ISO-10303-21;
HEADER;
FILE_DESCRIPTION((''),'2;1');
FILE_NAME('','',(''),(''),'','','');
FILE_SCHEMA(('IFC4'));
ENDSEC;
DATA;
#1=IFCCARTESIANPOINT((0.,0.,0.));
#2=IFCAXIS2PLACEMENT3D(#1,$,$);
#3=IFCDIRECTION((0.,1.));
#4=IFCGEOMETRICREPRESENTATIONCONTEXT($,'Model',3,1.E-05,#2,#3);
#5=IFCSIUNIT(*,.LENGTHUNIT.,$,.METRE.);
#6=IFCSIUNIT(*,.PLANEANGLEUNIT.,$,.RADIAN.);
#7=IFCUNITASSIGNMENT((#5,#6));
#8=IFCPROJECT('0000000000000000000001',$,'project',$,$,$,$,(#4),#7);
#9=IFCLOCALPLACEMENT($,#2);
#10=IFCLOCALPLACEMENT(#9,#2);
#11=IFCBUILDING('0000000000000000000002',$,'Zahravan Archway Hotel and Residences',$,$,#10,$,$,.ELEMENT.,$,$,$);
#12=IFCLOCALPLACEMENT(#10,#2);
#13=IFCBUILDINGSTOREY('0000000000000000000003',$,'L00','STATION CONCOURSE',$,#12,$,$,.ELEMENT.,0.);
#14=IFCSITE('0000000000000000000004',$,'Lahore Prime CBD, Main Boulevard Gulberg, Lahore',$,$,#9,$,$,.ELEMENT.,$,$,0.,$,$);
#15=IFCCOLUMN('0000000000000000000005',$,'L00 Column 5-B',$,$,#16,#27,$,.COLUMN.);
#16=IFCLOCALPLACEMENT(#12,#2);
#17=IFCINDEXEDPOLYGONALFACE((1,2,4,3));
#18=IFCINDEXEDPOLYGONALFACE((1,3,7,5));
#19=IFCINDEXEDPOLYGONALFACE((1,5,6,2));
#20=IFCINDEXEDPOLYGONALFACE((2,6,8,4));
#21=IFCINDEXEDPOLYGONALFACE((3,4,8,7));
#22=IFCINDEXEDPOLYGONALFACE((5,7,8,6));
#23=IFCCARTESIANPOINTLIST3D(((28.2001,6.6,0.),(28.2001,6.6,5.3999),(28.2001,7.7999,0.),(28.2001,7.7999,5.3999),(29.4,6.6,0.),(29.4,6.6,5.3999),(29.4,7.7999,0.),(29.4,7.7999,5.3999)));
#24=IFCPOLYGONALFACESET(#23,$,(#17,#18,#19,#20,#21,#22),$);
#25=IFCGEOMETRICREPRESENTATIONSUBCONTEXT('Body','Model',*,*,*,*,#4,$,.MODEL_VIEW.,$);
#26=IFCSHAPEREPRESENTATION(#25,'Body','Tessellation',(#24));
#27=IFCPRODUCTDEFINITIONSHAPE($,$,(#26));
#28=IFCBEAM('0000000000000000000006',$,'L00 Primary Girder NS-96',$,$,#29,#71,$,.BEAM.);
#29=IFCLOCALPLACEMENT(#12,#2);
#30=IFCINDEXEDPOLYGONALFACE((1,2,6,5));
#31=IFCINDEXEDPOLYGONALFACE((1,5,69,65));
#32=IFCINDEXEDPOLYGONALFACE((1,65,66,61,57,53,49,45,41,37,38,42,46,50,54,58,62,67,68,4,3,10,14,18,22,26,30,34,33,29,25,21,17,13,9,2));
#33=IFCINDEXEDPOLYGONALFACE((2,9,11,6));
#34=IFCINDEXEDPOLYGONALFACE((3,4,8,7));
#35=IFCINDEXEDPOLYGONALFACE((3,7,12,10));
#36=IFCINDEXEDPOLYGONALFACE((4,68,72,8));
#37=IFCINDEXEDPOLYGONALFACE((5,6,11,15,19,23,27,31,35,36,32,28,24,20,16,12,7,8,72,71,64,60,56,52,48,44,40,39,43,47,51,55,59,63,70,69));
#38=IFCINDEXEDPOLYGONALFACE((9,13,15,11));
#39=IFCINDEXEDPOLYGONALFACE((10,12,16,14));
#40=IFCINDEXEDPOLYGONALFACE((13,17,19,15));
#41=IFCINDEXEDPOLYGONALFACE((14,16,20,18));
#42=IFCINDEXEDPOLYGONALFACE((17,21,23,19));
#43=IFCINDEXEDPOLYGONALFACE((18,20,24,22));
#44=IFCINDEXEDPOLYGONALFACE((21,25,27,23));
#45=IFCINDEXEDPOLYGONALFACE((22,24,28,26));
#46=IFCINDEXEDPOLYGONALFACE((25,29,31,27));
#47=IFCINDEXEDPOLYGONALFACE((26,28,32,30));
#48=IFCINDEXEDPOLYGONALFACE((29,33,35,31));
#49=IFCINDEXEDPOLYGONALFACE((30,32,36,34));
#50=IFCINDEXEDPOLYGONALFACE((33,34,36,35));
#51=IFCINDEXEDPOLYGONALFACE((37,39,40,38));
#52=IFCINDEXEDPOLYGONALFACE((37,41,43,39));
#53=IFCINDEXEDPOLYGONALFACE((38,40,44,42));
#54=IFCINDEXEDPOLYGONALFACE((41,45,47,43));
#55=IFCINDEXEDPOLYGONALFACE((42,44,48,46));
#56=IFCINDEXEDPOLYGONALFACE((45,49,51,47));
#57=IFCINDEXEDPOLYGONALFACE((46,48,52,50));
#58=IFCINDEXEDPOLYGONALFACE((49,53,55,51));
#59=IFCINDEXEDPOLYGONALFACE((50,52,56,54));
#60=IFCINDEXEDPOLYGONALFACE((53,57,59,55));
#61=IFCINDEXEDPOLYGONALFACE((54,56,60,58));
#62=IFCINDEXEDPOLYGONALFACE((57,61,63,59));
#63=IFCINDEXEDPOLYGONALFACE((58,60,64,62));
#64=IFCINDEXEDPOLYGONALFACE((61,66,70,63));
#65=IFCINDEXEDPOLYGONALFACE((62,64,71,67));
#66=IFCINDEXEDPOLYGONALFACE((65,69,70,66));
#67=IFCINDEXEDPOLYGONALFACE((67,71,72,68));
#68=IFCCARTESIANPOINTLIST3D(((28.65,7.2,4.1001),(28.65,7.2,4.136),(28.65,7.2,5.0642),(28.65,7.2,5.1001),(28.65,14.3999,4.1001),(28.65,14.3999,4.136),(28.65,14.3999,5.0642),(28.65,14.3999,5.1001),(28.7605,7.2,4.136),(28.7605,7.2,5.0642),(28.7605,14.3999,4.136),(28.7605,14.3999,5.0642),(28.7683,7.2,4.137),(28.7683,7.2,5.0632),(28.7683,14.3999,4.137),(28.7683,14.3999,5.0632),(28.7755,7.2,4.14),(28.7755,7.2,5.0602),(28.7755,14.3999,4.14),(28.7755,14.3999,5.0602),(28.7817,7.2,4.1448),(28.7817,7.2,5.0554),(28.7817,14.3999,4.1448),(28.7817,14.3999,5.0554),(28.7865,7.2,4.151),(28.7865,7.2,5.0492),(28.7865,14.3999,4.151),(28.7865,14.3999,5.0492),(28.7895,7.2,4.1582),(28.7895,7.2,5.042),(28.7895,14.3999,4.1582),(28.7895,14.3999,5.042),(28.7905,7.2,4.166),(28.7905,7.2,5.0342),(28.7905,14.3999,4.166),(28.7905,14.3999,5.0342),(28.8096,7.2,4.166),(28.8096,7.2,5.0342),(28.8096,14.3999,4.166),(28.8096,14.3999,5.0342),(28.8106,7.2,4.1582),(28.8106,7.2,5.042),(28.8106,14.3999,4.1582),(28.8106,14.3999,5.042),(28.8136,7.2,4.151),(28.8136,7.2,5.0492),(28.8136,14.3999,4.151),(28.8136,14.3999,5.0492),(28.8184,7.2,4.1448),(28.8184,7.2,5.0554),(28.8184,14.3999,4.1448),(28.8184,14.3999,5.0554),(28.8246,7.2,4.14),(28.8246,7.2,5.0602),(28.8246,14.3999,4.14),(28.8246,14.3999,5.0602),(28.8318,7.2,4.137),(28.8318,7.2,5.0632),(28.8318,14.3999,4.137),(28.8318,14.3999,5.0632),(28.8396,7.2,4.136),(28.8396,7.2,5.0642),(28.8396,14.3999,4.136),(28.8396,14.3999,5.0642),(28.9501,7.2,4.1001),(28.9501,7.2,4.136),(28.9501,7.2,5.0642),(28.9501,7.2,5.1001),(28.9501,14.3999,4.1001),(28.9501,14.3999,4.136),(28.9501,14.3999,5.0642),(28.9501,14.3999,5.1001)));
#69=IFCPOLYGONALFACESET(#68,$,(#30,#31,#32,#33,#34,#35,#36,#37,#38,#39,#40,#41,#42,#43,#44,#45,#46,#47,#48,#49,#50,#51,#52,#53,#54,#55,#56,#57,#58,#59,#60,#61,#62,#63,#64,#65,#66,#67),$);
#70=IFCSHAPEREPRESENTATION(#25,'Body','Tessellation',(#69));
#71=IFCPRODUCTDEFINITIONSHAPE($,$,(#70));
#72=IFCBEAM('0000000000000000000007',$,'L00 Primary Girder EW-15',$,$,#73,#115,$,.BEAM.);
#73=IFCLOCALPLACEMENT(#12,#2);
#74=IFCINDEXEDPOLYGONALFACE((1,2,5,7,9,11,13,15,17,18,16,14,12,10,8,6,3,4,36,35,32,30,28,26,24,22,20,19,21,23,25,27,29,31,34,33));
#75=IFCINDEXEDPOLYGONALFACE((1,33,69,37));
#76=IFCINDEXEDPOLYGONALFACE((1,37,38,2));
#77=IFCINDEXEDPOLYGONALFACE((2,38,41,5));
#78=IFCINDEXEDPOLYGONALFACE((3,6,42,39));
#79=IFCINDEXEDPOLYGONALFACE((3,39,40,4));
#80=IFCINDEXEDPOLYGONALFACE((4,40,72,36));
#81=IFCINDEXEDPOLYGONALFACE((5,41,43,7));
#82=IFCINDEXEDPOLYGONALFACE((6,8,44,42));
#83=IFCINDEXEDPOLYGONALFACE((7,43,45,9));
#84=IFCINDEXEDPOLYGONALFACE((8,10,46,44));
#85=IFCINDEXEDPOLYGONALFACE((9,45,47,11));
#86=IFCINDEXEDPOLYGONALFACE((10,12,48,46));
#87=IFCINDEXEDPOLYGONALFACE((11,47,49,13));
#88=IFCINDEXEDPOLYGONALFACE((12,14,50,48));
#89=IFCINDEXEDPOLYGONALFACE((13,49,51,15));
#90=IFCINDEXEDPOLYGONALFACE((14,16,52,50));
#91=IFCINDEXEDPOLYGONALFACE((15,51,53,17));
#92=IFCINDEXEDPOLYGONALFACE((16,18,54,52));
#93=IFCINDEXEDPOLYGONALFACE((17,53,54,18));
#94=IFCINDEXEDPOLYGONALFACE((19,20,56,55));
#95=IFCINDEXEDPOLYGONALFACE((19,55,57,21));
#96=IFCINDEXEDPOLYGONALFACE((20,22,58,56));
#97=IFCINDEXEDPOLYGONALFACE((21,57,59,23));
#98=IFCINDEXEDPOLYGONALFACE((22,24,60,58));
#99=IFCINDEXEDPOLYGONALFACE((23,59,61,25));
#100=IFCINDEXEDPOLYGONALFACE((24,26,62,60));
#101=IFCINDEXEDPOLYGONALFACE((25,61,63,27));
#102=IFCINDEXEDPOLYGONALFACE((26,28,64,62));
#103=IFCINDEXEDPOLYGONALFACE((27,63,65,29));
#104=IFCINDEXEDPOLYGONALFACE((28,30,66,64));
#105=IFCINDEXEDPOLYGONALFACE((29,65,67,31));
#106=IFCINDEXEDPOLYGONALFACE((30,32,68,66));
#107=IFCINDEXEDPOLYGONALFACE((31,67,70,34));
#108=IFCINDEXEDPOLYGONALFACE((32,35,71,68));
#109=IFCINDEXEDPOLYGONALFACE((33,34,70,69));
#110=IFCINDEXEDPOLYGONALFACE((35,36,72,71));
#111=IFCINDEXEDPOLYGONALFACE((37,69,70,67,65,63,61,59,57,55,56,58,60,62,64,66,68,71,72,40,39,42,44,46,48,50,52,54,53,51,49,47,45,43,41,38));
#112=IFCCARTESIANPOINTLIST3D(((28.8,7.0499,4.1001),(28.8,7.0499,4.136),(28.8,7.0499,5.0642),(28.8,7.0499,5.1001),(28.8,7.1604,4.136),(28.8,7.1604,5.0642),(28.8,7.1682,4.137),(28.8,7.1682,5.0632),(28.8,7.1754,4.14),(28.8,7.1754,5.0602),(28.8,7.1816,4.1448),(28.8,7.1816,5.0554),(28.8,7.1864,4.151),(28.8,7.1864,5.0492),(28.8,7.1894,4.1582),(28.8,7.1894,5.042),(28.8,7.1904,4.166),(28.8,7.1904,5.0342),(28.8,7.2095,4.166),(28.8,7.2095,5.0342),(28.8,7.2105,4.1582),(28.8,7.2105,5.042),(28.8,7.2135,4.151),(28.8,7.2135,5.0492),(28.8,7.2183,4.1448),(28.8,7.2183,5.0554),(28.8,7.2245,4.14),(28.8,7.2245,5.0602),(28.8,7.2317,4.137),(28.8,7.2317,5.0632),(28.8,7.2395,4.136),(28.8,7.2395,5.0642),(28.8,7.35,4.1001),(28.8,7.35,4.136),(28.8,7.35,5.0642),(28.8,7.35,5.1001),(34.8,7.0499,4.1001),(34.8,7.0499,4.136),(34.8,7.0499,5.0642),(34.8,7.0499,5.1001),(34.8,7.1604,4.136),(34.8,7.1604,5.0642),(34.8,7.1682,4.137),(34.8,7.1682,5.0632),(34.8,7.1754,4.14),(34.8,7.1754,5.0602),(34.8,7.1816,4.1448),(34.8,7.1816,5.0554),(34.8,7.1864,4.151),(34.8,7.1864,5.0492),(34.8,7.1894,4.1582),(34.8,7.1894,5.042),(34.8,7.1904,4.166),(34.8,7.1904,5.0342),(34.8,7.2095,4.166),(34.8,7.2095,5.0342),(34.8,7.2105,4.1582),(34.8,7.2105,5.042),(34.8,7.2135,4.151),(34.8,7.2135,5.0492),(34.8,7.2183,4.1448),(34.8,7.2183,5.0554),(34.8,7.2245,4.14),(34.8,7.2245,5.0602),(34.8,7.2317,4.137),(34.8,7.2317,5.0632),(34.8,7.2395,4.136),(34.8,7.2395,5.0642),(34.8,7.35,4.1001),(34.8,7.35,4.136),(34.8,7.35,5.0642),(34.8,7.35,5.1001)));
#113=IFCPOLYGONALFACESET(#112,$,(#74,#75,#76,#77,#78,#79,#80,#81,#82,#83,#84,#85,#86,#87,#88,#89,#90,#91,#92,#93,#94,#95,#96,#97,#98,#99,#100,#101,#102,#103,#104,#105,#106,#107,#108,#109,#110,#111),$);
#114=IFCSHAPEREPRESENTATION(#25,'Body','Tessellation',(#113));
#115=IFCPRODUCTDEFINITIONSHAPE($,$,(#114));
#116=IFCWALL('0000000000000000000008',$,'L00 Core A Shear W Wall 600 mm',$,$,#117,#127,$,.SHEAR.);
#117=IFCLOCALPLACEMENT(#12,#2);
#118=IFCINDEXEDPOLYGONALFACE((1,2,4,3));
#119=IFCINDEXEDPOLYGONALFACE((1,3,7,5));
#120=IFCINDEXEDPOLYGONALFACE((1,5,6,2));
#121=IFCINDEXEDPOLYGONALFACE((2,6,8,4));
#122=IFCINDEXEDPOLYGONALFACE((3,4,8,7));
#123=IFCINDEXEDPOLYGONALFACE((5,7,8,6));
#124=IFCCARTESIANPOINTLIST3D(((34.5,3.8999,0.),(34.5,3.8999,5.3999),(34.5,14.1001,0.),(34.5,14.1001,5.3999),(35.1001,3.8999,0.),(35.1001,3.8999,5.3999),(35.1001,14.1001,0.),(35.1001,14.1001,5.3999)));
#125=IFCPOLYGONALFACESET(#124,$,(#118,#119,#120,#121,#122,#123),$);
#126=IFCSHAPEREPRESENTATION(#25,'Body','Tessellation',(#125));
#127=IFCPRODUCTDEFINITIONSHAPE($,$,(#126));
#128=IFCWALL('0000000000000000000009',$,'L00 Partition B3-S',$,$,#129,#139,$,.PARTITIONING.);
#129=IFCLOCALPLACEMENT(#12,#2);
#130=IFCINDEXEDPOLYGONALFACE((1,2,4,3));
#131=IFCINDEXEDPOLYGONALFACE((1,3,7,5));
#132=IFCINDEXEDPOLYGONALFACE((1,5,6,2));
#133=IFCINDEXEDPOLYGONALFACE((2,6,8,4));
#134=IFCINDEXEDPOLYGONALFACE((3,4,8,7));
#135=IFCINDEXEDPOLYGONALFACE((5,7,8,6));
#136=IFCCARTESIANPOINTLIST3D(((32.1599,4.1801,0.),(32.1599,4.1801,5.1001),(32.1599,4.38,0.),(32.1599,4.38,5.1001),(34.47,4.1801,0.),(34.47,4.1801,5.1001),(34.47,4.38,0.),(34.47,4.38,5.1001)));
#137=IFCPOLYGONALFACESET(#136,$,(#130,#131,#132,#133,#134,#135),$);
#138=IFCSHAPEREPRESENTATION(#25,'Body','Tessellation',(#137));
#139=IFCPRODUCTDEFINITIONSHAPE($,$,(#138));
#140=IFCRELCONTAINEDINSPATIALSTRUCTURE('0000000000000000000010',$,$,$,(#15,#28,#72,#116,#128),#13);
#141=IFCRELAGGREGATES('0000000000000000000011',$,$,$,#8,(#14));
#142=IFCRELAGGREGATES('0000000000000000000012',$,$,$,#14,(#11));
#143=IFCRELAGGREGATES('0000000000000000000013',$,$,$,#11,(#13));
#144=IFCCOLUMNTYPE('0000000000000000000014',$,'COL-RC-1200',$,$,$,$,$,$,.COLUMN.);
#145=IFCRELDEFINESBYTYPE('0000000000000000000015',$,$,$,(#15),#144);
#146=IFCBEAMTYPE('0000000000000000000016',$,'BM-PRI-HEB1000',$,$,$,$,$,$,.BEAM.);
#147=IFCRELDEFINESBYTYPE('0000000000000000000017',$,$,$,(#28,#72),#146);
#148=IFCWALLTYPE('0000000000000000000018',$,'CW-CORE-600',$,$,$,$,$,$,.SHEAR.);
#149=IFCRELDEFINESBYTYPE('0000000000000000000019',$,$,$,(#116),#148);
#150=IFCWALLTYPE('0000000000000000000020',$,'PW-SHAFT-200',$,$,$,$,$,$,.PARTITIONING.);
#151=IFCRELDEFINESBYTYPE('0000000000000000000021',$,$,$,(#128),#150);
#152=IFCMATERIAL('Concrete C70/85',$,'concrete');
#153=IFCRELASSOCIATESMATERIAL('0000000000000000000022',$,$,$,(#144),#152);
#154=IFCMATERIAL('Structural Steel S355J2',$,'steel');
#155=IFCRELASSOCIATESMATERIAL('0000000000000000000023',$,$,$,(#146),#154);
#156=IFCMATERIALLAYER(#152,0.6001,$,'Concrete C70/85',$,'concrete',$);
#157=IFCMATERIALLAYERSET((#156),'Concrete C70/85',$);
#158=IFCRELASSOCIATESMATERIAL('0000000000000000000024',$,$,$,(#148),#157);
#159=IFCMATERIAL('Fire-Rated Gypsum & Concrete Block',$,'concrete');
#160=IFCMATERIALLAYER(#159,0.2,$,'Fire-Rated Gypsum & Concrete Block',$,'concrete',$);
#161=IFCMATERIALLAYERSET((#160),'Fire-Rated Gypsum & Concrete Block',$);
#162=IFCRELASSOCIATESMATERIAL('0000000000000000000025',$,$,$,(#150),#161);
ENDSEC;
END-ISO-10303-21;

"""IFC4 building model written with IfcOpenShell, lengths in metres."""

from ifc_helpers import new_model, si_unit, direction, frame, frame_2d, origin, origin_2d, place, context, subcontext, project, spatial, rectangle, i_section, extrude, source, transform, mapped, material, layer, layer_set, material_profile, profile_set, type_object, element, save


model = new_model("IFC4")

# Units and contexts
model_context = context("Model", 3, precision=1e-05, world=origin(), true_north=direction((0.0, 1.0)))
body_context = subcontext(model_context, "Body", "Model", "MODEL_VIEW")
ifc_project = project(units=[si_unit("LENGTHUNIT", "METRE"), si_unit("PLANEANGLEUNIT", "RADIAN")], contexts=[model_context])

# Site, building, storey
site_placement = place(None, origin())
site = spatial("IfcSite", under=ifc_project, at=site_placement, Name="Lahore Prime CBD, Main Boulevard Gulberg, Lahore", CompositionType="ELEMENT", RefElevation=0.0)
building_placement = place(site_placement, origin())
building = spatial("IfcBuilding", under=site, at=building_placement, Name="Zahravan Archway Hotel and Residences", CompositionType="ELEMENT")
storey_placement = place(building_placement, origin())
storey = spatial("IfcBuildingStorey", under=building, at=storey_placement, Name="L00", Description="STATION CONCOURSE", CompositionType="ELEMENT", Elevation=0.0)

# Column
ifc_material_1 = material(Name="Concrete C70/85", Category="concrete")
ifc_material_profile_1 = material_profile(ifc_material_1, rectangle(XDim=1.2, YDim=1.2, at=origin_2d()), Name="RC-COL-1200x1200", Category="concrete")
ifc_profile_set_1 = profile_set([ifc_material_profile_1], Name="Concrete C70/85")
column_type = type_object("IfcColumnType", Name="COL-RC-1200", PredefinedType="COLUMN", material=ifc_profile_set_1)
shared_shape_1 = source(origin(), body_context, "Body", "SweptSolid", [
    extrude(rectangle(XDim=1.2, YDim=1.2, at=origin_2d()), origin(), (0.0, 0.0, 1.0), 5.3999),
])
column_placement = place(storey_placement, frame((28.8, 7.2, 0.0), z_axis=(0.0, 0.0, 1.0), x_axis=(1.0, 0.0, 0.0)))
element("IfcColumn", 1, at=column_placement, inside=storey, type_object=column_type, Name="L00 Column 5-B", PredefinedType="COLUMN", context=body_context, shape_type="MappedRepresentation", body=[
    mapped(shared_shape_1, transform((0.0, 0.0, 0.0), scale=1.0)),
])

# Beams
ifc_material_2 = material(Name="Structural Steel S355J2", Category="steel")
ifc_material_profile_2 = material_profile(ifc_material_2, i_section(OverallWidth=0.3, OverallDepth=1.0, WebThickness=0.019, FlangeThickness=0.0359, FilletRadius=0.03, at=origin_2d()), Name="HEB 1000", Category="steel")
ifc_profile_set_2 = profile_set([ifc_material_profile_2], Name="Structural Steel S355J2")
beam_type = type_object("IfcBeamType", Name="BM-PRI-HEB1000", PredefinedType="BEAM", material=ifc_profile_set_2)
shared_shape_2 = source(origin(), body_context, "Body", "SweptSolid", [
    extrude(i_section(OverallWidth=0.3, OverallDepth=1.0, WebThickness=0.019, FlangeThickness=0.0359, FilletRadius=0.03, at=origin_2d()), origin(), (0.0, 0.0, 1.0), 7.2),
])
beam_1_placement = place(storey_placement, frame((28.8, 7.2, 4.6001), z_axis=(0.0, 1.0, 0.0), x_axis=(-1.0, 0.0, 0.0)))
element("IfcBeam", 2, at=beam_1_placement, inside=storey, type_object=beam_type, Name="L00 Primary Girder NS-96", PredefinedType="BEAM", context=body_context, shape_type="MappedRepresentation", body=[
    mapped(shared_shape_2, transform((0.0, 0.0, 0.0), scale=1.0)),
])
shared_shape_3 = source(origin(), body_context, "Body", "SweptSolid", [
    extrude(i_section(OverallWidth=0.3, OverallDepth=1.0, WebThickness=0.019, FlangeThickness=0.0359, FilletRadius=0.03, at=origin_2d()), origin(), (0.0, 0.0, 1.0), 6.0),
])
beam_2_placement = place(storey_placement, frame((28.8, 7.2, 4.6001), z_axis=(1.0, 0.0, 0.0), x_axis=(0.0, 1.0, 0.0)))
element("IfcBeam", 3, at=beam_2_placement, inside=storey, type_object=beam_type, Name="L00 Primary Girder EW-15", PredefinedType="BEAM", context=body_context, shape_type="MappedRepresentation", body=[
    mapped(shared_shape_3, transform((0.0, 0.0, 0.0), scale=1.0)),
])

# Walls
ifc_layer_1 = layer(ifc_material_1, 0.6001, Name="Concrete C70/85", Category="concrete")
ifc_layer_set_1 = layer_set([ifc_layer_1], Name="Concrete C70/85")
wall_type_1 = type_object("IfcWallType", Name="CW-CORE-600", PredefinedType="SHEAR", material=ifc_layer_set_1)
wall_1_placement = place(storey_placement, frame((34.8, 3.8999, 0.0), z_axis=(0.0, 0.0, 1.0), x_axis=(0.0, 1.0, 0.0)))
element("IfcWall", 4, at=wall_1_placement, inside=storey, type_object=wall_type_1, Name="L00 Core A Shear W Wall 600 mm", PredefinedType="SHEAR", context=body_context, shape_type="SweptSolid", body=[
    extrude(rectangle(XDim=10.2002, YDim=0.6001, at=frame_2d((5.1001, 0.0))), origin(), (0.0, 0.0, 1.0), 5.3999),
])
ifc_material_3 = material(Name="Fire-Rated Gypsum & Concrete Block", Category="concrete")
ifc_layer_2 = layer(ifc_material_3, 0.2, Name="Fire-Rated Gypsum & Concrete Block", Category="concrete")
ifc_layer_set_2 = layer_set([ifc_layer_2], Name="Fire-Rated Gypsum & Concrete Block")
wall_type_2 = type_object("IfcWallType", Name="PW-SHAFT-200", PredefinedType="PARTITIONING", material=ifc_layer_set_2)
wall_2_placement = place(storey_placement, frame((32.1599, 4.28, 0.0), z_axis=(0.0, 0.0, 1.0), x_axis=(1.0, 0.0, 0.0)))
element("IfcWall", 5, at=wall_2_placement, inside=storey, type_object=wall_type_2, Name="L00 Partition B3-S", PredefinedType="PARTITIONING", context=body_context, shape_type="SweptSolid", body=[
    extrude(rectangle(XDim=2.3101, YDim=0.2, at=frame_2d((1.155, 0.0))), origin(), (0.0, 0.0, 1.0), 5.1001),
])

save(model, "model.ifc")
